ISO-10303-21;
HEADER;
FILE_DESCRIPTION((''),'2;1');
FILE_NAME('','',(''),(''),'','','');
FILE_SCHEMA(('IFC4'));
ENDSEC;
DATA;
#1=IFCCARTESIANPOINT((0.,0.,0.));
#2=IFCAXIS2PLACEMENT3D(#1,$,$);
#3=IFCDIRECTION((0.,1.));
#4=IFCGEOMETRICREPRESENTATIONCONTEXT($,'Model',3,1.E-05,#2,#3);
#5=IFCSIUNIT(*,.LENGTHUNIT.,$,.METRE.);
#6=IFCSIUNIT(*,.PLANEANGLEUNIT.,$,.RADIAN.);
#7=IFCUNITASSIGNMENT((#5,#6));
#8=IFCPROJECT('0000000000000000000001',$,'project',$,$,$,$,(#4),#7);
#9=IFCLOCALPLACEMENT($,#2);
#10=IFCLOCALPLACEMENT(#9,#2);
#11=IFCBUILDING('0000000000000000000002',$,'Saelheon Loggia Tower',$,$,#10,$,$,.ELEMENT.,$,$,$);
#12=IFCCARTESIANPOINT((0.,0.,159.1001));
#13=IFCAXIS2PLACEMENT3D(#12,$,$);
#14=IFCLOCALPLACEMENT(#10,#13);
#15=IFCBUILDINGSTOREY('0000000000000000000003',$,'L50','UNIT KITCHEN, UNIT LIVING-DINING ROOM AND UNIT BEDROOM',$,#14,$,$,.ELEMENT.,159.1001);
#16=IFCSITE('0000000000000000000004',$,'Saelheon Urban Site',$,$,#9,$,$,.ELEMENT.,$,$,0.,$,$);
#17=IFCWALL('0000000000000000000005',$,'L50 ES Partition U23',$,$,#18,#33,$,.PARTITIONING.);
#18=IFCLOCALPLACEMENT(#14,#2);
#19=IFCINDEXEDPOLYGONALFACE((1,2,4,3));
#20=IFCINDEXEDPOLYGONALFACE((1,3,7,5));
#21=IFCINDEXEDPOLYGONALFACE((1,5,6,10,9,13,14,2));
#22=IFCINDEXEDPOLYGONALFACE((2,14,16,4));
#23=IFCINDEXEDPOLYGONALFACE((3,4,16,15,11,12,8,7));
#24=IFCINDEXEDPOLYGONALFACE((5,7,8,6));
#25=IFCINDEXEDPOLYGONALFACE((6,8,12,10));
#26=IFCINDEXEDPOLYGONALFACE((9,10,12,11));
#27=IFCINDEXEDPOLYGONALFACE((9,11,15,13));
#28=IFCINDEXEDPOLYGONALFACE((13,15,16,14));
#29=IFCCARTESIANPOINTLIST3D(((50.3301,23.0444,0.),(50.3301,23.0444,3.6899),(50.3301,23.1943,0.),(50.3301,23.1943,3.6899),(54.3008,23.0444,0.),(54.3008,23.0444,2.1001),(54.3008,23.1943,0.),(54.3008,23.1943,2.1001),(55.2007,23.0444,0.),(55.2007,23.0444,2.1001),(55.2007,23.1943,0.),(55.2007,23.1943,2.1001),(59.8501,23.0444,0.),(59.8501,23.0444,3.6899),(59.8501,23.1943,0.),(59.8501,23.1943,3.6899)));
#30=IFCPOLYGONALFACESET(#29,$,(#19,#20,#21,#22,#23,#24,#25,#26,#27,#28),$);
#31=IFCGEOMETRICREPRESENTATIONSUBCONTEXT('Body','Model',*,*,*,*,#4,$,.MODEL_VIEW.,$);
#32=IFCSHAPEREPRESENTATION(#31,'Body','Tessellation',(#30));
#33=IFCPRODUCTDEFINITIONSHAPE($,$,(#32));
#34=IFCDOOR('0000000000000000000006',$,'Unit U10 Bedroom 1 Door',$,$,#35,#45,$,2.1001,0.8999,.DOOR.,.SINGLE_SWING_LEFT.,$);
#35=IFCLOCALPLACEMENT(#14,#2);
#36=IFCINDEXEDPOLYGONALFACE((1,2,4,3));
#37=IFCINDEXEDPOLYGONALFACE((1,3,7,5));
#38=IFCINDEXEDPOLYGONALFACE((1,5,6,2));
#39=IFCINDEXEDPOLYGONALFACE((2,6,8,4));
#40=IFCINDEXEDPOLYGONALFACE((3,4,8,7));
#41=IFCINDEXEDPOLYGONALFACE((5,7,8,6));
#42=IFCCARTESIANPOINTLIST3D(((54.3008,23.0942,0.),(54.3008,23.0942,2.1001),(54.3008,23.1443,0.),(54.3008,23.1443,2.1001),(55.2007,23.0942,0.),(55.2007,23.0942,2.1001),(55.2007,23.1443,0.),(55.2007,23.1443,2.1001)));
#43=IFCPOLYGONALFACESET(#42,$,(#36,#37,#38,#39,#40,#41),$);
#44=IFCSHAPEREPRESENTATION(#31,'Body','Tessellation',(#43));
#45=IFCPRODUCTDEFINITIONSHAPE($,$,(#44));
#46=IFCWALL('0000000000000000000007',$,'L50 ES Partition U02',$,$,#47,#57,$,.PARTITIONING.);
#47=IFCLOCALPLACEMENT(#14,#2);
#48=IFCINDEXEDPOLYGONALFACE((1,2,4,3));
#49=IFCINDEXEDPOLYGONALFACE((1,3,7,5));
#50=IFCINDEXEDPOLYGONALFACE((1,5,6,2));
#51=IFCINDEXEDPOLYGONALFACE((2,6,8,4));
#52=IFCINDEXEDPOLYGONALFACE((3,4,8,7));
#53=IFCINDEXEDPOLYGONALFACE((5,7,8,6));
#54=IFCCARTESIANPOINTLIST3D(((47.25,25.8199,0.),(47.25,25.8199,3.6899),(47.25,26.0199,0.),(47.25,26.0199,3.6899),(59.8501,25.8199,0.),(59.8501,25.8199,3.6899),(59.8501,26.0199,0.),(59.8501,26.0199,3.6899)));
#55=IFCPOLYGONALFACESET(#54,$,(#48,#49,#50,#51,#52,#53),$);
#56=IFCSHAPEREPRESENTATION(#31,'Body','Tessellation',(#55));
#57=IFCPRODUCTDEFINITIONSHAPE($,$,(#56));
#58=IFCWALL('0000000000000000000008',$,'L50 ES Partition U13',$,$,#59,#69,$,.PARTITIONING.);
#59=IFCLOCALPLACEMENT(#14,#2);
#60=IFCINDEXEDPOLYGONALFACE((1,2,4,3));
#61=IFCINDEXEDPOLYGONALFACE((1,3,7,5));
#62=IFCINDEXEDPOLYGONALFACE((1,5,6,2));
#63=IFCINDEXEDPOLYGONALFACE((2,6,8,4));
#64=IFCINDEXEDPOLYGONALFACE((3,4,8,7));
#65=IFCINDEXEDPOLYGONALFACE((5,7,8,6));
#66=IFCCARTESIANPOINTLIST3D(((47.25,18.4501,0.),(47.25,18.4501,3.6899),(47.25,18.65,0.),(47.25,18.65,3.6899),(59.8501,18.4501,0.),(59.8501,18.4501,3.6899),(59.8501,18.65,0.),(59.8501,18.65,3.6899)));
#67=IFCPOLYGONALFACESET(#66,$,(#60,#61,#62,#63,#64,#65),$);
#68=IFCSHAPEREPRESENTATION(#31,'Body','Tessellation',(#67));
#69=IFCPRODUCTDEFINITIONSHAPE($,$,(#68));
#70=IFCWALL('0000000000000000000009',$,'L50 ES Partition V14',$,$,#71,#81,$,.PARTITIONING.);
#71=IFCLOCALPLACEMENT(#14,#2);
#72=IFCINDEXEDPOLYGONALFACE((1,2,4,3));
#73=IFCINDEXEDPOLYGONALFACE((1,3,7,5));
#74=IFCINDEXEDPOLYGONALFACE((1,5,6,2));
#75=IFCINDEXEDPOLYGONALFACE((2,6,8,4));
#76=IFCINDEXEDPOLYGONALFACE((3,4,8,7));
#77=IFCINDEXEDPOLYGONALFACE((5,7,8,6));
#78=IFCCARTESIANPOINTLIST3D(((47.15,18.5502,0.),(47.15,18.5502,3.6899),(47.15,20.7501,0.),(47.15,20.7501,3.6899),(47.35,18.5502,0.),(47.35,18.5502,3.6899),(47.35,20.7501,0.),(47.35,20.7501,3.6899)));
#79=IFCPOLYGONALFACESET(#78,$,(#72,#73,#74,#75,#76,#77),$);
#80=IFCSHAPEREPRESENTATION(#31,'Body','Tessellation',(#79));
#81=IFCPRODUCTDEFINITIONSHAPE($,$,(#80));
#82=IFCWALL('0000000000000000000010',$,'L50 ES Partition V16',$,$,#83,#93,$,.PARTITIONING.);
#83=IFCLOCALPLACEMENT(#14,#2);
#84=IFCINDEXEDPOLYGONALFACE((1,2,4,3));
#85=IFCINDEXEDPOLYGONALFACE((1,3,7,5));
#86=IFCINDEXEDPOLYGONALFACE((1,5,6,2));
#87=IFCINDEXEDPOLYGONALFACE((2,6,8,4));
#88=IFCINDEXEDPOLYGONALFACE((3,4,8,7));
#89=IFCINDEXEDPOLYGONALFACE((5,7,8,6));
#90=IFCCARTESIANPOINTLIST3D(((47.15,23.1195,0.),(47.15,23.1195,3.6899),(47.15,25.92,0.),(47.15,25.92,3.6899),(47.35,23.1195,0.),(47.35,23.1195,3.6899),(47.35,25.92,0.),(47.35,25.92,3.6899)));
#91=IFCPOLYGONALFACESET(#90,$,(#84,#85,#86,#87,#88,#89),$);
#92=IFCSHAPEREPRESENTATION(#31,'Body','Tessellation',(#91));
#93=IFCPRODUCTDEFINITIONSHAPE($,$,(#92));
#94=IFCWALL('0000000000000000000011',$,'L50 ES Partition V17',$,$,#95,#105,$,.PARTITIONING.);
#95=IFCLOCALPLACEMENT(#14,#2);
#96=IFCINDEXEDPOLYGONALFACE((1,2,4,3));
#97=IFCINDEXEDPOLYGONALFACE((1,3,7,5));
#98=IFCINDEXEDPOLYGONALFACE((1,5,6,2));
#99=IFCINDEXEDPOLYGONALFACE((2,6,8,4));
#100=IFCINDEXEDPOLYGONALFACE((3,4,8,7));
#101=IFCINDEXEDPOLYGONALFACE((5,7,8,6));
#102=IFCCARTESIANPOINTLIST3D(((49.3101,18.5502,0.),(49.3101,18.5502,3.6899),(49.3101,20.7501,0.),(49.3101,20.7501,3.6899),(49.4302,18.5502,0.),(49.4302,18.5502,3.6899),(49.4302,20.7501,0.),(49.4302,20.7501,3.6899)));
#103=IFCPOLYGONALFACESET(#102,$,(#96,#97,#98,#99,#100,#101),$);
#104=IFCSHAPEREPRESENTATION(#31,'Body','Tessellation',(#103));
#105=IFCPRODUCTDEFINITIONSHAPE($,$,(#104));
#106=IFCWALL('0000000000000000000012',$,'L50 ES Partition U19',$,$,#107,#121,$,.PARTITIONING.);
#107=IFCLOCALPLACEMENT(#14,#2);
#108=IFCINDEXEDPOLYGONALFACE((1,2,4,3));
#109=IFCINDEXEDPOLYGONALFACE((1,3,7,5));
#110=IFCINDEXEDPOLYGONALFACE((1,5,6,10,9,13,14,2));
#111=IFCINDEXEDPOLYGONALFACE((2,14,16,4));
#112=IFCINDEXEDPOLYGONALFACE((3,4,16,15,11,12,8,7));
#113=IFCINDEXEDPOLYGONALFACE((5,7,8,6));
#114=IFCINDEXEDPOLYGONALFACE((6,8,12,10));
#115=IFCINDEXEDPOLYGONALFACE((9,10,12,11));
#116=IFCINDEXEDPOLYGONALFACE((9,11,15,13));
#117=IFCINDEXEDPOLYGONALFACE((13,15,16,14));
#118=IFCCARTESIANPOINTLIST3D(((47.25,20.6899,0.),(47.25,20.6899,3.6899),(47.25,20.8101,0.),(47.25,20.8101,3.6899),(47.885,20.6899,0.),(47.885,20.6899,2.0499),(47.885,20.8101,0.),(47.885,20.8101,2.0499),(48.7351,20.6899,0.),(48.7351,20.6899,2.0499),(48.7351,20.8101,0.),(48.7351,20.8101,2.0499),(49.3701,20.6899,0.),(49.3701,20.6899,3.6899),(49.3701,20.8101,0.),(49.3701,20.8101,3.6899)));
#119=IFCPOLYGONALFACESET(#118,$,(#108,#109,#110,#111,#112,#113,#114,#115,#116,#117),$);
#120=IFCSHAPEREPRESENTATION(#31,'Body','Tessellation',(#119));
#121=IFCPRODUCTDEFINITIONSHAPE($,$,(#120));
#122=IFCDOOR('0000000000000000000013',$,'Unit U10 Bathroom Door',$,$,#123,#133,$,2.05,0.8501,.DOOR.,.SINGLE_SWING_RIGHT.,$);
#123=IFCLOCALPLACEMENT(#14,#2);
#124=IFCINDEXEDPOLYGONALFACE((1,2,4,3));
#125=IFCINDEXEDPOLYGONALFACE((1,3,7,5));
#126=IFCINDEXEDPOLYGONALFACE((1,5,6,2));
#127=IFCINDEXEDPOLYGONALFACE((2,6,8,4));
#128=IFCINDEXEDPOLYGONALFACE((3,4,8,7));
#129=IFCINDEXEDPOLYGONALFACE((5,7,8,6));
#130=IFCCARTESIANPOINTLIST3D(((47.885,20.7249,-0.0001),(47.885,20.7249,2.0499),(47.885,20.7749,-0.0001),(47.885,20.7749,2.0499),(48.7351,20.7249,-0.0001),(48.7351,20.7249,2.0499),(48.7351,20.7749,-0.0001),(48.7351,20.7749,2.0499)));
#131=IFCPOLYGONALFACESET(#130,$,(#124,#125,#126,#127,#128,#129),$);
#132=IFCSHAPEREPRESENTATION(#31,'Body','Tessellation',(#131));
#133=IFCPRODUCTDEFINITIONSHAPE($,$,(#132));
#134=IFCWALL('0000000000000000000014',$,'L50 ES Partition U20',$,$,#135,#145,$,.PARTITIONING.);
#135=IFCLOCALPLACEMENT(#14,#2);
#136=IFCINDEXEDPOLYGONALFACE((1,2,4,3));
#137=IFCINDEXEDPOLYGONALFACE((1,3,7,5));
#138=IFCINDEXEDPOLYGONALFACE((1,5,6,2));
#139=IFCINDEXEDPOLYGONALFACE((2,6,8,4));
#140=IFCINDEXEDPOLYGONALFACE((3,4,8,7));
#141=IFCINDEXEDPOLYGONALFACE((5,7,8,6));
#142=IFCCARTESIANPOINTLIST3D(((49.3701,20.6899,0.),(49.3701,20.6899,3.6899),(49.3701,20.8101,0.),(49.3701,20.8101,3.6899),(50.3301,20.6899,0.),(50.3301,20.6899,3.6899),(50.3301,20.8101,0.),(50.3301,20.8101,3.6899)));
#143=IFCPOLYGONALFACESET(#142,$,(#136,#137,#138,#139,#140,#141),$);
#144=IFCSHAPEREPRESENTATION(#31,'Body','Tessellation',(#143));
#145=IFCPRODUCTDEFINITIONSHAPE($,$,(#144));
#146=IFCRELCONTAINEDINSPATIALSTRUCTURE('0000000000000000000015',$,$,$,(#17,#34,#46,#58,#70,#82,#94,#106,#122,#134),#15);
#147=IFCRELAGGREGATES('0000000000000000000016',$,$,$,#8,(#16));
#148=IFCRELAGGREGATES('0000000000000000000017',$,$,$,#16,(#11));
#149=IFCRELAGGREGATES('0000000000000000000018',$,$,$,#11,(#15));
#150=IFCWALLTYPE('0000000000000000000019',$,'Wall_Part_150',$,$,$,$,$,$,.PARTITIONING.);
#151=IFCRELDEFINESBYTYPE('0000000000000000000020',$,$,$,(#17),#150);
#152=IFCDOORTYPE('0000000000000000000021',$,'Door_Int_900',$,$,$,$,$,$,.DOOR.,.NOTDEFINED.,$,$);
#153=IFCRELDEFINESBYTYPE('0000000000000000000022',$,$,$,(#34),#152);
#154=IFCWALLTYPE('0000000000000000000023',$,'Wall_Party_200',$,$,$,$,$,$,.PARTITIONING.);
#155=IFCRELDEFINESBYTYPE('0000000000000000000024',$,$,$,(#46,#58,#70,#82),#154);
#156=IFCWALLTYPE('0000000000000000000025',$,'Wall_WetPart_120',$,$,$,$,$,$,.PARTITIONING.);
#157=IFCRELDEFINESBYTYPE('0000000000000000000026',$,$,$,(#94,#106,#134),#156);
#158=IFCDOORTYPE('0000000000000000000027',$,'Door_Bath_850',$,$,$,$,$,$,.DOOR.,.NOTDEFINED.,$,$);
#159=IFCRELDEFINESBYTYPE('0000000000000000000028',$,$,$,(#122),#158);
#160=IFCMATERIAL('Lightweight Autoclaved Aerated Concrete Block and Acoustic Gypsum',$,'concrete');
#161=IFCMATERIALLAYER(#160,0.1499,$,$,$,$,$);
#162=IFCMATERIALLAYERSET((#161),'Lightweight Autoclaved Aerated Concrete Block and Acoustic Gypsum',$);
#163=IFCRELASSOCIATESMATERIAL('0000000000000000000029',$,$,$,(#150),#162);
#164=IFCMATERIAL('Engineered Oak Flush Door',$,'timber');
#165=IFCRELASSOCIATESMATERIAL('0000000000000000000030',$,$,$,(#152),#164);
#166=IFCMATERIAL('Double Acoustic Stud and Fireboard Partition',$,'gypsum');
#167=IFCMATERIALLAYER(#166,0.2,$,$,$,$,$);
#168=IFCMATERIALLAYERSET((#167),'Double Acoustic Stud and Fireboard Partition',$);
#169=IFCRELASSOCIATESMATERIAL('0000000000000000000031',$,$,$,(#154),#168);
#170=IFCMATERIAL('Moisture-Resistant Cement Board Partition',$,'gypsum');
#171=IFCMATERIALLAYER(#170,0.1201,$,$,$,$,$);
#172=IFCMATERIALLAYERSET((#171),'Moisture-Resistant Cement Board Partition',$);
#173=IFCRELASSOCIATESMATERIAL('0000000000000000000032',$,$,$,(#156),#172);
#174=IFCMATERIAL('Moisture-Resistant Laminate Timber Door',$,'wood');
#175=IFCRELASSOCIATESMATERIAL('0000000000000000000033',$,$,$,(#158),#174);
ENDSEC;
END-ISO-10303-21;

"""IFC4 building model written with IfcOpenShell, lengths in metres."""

from ifc_helpers import new_model, si_unit, direction, frame, frame_2d, origin, place, context, subcontext, project, spatial, rectangle, extrude, source, transform, mapped, material, layer, layer_set, type_object, element, fill, save


model = new_model("IFC4")

# Units and contexts
model_context = context("Model", 3, precision=1e-05, world=origin(), true_north=direction((0.0, 1.0)))
body_context = subcontext(model_context, "Body", "Model", "MODEL_VIEW")
ifc_project = project(units=[si_unit("LENGTHUNIT", "METRE"), si_unit("PLANEANGLEUNIT", "RADIAN")], contexts=[model_context])

# Site, building, storey
site_placement = place(None, origin())
site = spatial("IfcSite", under=ifc_project, at=site_placement, Name="Saelheon Urban Site", CompositionType="ELEMENT", RefElevation=0.0)
building_placement = place(site_placement, origin())
building = spatial("IfcBuilding", under=site, at=building_placement, Name="Saelheon Loggia Tower", CompositionType="ELEMENT")
storey_placement = place(building_placement, frame((0.0, 0.0, 159.1001)))
storey = spatial("IfcBuildingStorey", under=building, at=storey_placement, Name="L50", Description="UNIT KITCHEN, UNIT LIVING-DINING ROOM AND UNIT BEDROOM", CompositionType="ELEMENT", Elevation=159.1001)

# Shared definitions
ifc_material_1 = material(Name="Lightweight Autoclaved Aerated Concrete Block and Acoustic Gypsum", Category="concrete")
ifc_layer_1 = layer(ifc_material_1, 0.1499)
ifc_layer_set_1 = layer_set([ifc_layer_1], Name="Lightweight Autoclaved Aerated Concrete Block and Acoustic Gypsum")
wall_type_1 = type_object("IfcWallType", Name="Wall_Part_150", PredefinedType="PARTITIONING", material=ifc_layer_set_1)

# Wall, opening, door
ifc_material_2 = material(Name="Engineered Oak Flush Door", Category="timber")
door_type_1 = type_object("IfcDoorType", Name="Door_Int_900", OperationType="NOTDEFINED", PredefinedType="DOOR", material=ifc_material_2)
shared_shape_1 = source(origin(), body_context, "Body", "SweptSolid", [
    extrude(rectangle(XDim=0.8999, YDim=2.1001, at=frame_2d((0.45, 1.05))), frame((0.0, 0.0249, 0.0), z_axis=(0.0, -1.0, 0.0), x_axis=(1.0, 0.0, 0.0)), (0.0, 0.0, 1.0), 0.05),
])
wall_1_placement = place(storey_placement, frame((50.3301, 23.1194, 0.0), z_axis=(0.0, 0.0, 1.0), x_axis=(1.0, 0.0, 0.0)))
wall_1 = element("IfcWall", 1, at=wall_1_placement, inside=storey, type_object=wall_type_1, Name="L50 ES Partition U23", PredefinedType="PARTITIONING", context=body_context, shape_type="SweptSolid", body=[
    extrude(rectangle(XDim=9.52, YDim=0.1499, at=frame_2d((4.76, 0.0))), origin(), (0.0, 0.0, 1.0), 3.6899),
])
opening_1_placement = place(wall_1_placement, frame((3.9707, 0.0, 0.0)))
opening_1 = element("IfcOpeningElement", 2, at=opening_1_placement, cuts=wall_1, PredefinedType="OPENING", context=body_context, shape_type="SweptSolid", body=[
    extrude(rectangle(XDim=0.8999, YDim=2.1001, at=frame_2d((0.45, 1.05))), frame((0.0, 0.0869, 0.0), z_axis=(0.0, -1.0, 0.0), x_axis=(1.0, 0.0, 0.0)), (0.0, 0.0, 1.0), 0.1738),
])
door_1_placement = place(opening_1_placement, origin())
door_1 = element("IfcDoor", 3, at=door_1_placement, inside=storey, type_object=door_type_1, Name="Unit U10 Bedroom 1 Door", OperationType="SINGLE_SWING_LEFT", OverallHeight=2.1001, OverallWidth=0.8999, PredefinedType="DOOR", context=body_context, shape_type="MappedRepresentation", body=[
    mapped(shared_shape_1, transform((0.0, 0.0, 0.0), scale=1.0)),
])
fill(opening_1, door_1)

# Walls
ifc_material_3 = material(Name="Double Acoustic Stud and Fireboard Partition", Category="gypsum")
ifc_layer_2 = layer(ifc_material_3, 0.2)
ifc_layer_set_2 = layer_set([ifc_layer_2], Name="Double Acoustic Stud and Fireboard Partition")
wall_type_2 = type_object("IfcWallType", Name="Wall_Party_200", PredefinedType="PARTITIONING", material=ifc_layer_set_2)
for number, where, z_axis, x_axis, name in (
    (4, (47.25, 25.9199, 0.0), (0.0, 0.0, 1.0), (1.0, 0.0, 0.0), "L50 ES Partition U02"),
    (5, (47.25, 18.55, 0.0), (0.0, 0.0, 1.0), (1.0, 0.0, 0.0), "L50 ES Partition U13"),
):
    element("IfcWall", number, at=place(storey_placement, frame(where, z_axis=z_axis, x_axis=x_axis)), inside=storey, type_object=wall_type_2, Name=name, PredefinedType="PARTITIONING", context=body_context, shape_type="SweptSolid", body=[
        extrude(rectangle(XDim=12.6001, YDim=0.2, at=frame_2d((6.3, 0.0))), origin(), (0.0, 0.0, 1.0), 3.6899),
    ])
wall_2_placement = place(storey_placement, frame((47.25, 18.55, 0.0), z_axis=(0.0, 0.0, 1.0), x_axis=(0.0, 1.0, 0.0)))
element("IfcWall", 6, at=wall_2_placement, inside=storey, type_object=wall_type_2, Name="L50 ES Partition V14", PredefinedType="PARTITIONING", context=body_context, shape_type="SweptSolid", body=[
    extrude(rectangle(XDim=2.2, YDim=0.2, at=frame_2d((1.1001, 0.0))), origin(), (0.0, 0.0, 1.0), 3.6899),
])

# Walls
wall_3_placement = place(storey_placement, frame((47.25, 23.1194, 0.0), z_axis=(0.0, 0.0, 1.0), x_axis=(0.0, 1.0, 0.0)))
element("IfcWall", 7, at=wall_3_placement, inside=storey, type_object=wall_type_2, Name="L50 ES Partition V16", PredefinedType="PARTITIONING", context=body_context, shape_type="SweptSolid", body=[
    extrude(rectangle(XDim=2.8005, YDim=0.2, at=frame_2d((1.4004, 0.0))), origin(), (0.0, 0.0, 1.0), 3.6899),
])
ifc_material_4 = material(Name="Moisture-Resistant Cement Board Partition", Category="gypsum")
ifc_layer_3 = layer(ifc_material_4, 0.1201)
ifc_layer_set_3 = layer_set([ifc_layer_3], Name="Moisture-Resistant Cement Board Partition")
wall_type_3 = type_object("IfcWallType", Name="Wall_WetPart_120", PredefinedType="PARTITIONING", material=ifc_layer_set_3)
wall_4_placement = place(storey_placement, frame((49.3701, 18.55, 0.0), z_axis=(0.0, 0.0, 1.0), x_axis=(0.0, 1.0, 0.0)))
element("IfcWall", 8, at=wall_4_placement, inside=storey, type_object=wall_type_3, Name="L50 ES Partition V17", PredefinedType="PARTITIONING", context=body_context, shape_type="SweptSolid", body=[
    extrude(rectangle(XDim=2.2, YDim=0.1201, at=frame_2d((1.1001, 0.0))), origin(), (0.0, 0.0, 1.0), 3.6899),
])

# Wall, opening, door
wall_5_placement = place(storey_placement, frame((47.25, 20.75, 0.0), z_axis=(0.0, 0.0, 1.0), x_axis=(1.0, 0.0, 0.0)))
wall_5 = element("IfcWall", 9, at=wall_5_placement, inside=storey, type_object=wall_type_3, Name="L50 ES Partition U19", PredefinedType="PARTITIONING", context=body_context, shape_type="SweptSolid", body=[
    extrude(rectangle(XDim=2.1201, YDim=0.1201, at=frame_2d((1.0601, 0.0))), origin(), (0.0, 0.0, 1.0), 3.6899),
])
opening_2_placement = place(wall_5_placement, frame((0.635, 0.0, 0.0)))
opening_2 = element("IfcOpeningElement", 10, at=opening_2_placement, cuts=wall_5, PredefinedType="OPENING", context=body_context, shape_type="SweptSolid", body=[
    extrude(rectangle(XDim=0.8501, YDim=2.05, at=frame_2d((0.425, 1.0249))), frame((0.0, 0.072, 0.0), z_axis=(0.0, -1.0, 0.0), x_axis=(1.0, 0.0, 0.0)), (0.0, 0.0, 1.0), 0.144),
])
ifc_material_5 = material(Name="Moisture-Resistant Laminate Timber Door", Category="wood")
door_type_2 = type_object("IfcDoorType", Name="Door_Bath_850", OperationType="NOTDEFINED", PredefinedType="DOOR", material=ifc_material_5)
shared_shape_2 = source(origin(), body_context, "Body", "SweptSolid", [
    extrude(rectangle(XDim=0.8501, YDim=2.05, at=frame_2d((0.425, 1.0249))), frame((0.0, 0.0249, 0.0), z_axis=(0.0, -1.0, 0.0), x_axis=(1.0, 0.0, 0.0)), (0.0, 0.0, 1.0), 0.05),
])
door_2_placement = place(opening_2_placement, origin())
door_2 = element("IfcDoor", 11, at=door_2_placement, inside=storey, type_object=door_type_2, Name="Unit U10 Bathroom Door", OperationType="SINGLE_SWING_RIGHT", OverallHeight=2.05, OverallWidth=0.8501, PredefinedType="DOOR", context=body_context, shape_type="MappedRepresentation", body=[
    mapped(shared_shape_2, transform((0.0, 0.0, 0.0), scale=1.0)),
])
fill(opening_2, door_2)

# Wall
wall_6_placement = place(storey_placement, frame((49.3701, 20.75, 0.0), z_axis=(0.0, 0.0, 1.0), x_axis=(1.0, 0.0, 0.0)))
element("IfcWall", 12, at=wall_6_placement, inside=storey, type_object=wall_type_3, Name="L50 ES Partition U20", PredefinedType="PARTITIONING", context=body_context, shape_type="SweptSolid", body=[
    extrude(rectangle(XDim=0.96, YDim=0.1201, at=frame_2d((0.48, 0.0))), origin(), (0.0, 0.0, 1.0), 3.6899),
])

save(model, "model.ifc")
